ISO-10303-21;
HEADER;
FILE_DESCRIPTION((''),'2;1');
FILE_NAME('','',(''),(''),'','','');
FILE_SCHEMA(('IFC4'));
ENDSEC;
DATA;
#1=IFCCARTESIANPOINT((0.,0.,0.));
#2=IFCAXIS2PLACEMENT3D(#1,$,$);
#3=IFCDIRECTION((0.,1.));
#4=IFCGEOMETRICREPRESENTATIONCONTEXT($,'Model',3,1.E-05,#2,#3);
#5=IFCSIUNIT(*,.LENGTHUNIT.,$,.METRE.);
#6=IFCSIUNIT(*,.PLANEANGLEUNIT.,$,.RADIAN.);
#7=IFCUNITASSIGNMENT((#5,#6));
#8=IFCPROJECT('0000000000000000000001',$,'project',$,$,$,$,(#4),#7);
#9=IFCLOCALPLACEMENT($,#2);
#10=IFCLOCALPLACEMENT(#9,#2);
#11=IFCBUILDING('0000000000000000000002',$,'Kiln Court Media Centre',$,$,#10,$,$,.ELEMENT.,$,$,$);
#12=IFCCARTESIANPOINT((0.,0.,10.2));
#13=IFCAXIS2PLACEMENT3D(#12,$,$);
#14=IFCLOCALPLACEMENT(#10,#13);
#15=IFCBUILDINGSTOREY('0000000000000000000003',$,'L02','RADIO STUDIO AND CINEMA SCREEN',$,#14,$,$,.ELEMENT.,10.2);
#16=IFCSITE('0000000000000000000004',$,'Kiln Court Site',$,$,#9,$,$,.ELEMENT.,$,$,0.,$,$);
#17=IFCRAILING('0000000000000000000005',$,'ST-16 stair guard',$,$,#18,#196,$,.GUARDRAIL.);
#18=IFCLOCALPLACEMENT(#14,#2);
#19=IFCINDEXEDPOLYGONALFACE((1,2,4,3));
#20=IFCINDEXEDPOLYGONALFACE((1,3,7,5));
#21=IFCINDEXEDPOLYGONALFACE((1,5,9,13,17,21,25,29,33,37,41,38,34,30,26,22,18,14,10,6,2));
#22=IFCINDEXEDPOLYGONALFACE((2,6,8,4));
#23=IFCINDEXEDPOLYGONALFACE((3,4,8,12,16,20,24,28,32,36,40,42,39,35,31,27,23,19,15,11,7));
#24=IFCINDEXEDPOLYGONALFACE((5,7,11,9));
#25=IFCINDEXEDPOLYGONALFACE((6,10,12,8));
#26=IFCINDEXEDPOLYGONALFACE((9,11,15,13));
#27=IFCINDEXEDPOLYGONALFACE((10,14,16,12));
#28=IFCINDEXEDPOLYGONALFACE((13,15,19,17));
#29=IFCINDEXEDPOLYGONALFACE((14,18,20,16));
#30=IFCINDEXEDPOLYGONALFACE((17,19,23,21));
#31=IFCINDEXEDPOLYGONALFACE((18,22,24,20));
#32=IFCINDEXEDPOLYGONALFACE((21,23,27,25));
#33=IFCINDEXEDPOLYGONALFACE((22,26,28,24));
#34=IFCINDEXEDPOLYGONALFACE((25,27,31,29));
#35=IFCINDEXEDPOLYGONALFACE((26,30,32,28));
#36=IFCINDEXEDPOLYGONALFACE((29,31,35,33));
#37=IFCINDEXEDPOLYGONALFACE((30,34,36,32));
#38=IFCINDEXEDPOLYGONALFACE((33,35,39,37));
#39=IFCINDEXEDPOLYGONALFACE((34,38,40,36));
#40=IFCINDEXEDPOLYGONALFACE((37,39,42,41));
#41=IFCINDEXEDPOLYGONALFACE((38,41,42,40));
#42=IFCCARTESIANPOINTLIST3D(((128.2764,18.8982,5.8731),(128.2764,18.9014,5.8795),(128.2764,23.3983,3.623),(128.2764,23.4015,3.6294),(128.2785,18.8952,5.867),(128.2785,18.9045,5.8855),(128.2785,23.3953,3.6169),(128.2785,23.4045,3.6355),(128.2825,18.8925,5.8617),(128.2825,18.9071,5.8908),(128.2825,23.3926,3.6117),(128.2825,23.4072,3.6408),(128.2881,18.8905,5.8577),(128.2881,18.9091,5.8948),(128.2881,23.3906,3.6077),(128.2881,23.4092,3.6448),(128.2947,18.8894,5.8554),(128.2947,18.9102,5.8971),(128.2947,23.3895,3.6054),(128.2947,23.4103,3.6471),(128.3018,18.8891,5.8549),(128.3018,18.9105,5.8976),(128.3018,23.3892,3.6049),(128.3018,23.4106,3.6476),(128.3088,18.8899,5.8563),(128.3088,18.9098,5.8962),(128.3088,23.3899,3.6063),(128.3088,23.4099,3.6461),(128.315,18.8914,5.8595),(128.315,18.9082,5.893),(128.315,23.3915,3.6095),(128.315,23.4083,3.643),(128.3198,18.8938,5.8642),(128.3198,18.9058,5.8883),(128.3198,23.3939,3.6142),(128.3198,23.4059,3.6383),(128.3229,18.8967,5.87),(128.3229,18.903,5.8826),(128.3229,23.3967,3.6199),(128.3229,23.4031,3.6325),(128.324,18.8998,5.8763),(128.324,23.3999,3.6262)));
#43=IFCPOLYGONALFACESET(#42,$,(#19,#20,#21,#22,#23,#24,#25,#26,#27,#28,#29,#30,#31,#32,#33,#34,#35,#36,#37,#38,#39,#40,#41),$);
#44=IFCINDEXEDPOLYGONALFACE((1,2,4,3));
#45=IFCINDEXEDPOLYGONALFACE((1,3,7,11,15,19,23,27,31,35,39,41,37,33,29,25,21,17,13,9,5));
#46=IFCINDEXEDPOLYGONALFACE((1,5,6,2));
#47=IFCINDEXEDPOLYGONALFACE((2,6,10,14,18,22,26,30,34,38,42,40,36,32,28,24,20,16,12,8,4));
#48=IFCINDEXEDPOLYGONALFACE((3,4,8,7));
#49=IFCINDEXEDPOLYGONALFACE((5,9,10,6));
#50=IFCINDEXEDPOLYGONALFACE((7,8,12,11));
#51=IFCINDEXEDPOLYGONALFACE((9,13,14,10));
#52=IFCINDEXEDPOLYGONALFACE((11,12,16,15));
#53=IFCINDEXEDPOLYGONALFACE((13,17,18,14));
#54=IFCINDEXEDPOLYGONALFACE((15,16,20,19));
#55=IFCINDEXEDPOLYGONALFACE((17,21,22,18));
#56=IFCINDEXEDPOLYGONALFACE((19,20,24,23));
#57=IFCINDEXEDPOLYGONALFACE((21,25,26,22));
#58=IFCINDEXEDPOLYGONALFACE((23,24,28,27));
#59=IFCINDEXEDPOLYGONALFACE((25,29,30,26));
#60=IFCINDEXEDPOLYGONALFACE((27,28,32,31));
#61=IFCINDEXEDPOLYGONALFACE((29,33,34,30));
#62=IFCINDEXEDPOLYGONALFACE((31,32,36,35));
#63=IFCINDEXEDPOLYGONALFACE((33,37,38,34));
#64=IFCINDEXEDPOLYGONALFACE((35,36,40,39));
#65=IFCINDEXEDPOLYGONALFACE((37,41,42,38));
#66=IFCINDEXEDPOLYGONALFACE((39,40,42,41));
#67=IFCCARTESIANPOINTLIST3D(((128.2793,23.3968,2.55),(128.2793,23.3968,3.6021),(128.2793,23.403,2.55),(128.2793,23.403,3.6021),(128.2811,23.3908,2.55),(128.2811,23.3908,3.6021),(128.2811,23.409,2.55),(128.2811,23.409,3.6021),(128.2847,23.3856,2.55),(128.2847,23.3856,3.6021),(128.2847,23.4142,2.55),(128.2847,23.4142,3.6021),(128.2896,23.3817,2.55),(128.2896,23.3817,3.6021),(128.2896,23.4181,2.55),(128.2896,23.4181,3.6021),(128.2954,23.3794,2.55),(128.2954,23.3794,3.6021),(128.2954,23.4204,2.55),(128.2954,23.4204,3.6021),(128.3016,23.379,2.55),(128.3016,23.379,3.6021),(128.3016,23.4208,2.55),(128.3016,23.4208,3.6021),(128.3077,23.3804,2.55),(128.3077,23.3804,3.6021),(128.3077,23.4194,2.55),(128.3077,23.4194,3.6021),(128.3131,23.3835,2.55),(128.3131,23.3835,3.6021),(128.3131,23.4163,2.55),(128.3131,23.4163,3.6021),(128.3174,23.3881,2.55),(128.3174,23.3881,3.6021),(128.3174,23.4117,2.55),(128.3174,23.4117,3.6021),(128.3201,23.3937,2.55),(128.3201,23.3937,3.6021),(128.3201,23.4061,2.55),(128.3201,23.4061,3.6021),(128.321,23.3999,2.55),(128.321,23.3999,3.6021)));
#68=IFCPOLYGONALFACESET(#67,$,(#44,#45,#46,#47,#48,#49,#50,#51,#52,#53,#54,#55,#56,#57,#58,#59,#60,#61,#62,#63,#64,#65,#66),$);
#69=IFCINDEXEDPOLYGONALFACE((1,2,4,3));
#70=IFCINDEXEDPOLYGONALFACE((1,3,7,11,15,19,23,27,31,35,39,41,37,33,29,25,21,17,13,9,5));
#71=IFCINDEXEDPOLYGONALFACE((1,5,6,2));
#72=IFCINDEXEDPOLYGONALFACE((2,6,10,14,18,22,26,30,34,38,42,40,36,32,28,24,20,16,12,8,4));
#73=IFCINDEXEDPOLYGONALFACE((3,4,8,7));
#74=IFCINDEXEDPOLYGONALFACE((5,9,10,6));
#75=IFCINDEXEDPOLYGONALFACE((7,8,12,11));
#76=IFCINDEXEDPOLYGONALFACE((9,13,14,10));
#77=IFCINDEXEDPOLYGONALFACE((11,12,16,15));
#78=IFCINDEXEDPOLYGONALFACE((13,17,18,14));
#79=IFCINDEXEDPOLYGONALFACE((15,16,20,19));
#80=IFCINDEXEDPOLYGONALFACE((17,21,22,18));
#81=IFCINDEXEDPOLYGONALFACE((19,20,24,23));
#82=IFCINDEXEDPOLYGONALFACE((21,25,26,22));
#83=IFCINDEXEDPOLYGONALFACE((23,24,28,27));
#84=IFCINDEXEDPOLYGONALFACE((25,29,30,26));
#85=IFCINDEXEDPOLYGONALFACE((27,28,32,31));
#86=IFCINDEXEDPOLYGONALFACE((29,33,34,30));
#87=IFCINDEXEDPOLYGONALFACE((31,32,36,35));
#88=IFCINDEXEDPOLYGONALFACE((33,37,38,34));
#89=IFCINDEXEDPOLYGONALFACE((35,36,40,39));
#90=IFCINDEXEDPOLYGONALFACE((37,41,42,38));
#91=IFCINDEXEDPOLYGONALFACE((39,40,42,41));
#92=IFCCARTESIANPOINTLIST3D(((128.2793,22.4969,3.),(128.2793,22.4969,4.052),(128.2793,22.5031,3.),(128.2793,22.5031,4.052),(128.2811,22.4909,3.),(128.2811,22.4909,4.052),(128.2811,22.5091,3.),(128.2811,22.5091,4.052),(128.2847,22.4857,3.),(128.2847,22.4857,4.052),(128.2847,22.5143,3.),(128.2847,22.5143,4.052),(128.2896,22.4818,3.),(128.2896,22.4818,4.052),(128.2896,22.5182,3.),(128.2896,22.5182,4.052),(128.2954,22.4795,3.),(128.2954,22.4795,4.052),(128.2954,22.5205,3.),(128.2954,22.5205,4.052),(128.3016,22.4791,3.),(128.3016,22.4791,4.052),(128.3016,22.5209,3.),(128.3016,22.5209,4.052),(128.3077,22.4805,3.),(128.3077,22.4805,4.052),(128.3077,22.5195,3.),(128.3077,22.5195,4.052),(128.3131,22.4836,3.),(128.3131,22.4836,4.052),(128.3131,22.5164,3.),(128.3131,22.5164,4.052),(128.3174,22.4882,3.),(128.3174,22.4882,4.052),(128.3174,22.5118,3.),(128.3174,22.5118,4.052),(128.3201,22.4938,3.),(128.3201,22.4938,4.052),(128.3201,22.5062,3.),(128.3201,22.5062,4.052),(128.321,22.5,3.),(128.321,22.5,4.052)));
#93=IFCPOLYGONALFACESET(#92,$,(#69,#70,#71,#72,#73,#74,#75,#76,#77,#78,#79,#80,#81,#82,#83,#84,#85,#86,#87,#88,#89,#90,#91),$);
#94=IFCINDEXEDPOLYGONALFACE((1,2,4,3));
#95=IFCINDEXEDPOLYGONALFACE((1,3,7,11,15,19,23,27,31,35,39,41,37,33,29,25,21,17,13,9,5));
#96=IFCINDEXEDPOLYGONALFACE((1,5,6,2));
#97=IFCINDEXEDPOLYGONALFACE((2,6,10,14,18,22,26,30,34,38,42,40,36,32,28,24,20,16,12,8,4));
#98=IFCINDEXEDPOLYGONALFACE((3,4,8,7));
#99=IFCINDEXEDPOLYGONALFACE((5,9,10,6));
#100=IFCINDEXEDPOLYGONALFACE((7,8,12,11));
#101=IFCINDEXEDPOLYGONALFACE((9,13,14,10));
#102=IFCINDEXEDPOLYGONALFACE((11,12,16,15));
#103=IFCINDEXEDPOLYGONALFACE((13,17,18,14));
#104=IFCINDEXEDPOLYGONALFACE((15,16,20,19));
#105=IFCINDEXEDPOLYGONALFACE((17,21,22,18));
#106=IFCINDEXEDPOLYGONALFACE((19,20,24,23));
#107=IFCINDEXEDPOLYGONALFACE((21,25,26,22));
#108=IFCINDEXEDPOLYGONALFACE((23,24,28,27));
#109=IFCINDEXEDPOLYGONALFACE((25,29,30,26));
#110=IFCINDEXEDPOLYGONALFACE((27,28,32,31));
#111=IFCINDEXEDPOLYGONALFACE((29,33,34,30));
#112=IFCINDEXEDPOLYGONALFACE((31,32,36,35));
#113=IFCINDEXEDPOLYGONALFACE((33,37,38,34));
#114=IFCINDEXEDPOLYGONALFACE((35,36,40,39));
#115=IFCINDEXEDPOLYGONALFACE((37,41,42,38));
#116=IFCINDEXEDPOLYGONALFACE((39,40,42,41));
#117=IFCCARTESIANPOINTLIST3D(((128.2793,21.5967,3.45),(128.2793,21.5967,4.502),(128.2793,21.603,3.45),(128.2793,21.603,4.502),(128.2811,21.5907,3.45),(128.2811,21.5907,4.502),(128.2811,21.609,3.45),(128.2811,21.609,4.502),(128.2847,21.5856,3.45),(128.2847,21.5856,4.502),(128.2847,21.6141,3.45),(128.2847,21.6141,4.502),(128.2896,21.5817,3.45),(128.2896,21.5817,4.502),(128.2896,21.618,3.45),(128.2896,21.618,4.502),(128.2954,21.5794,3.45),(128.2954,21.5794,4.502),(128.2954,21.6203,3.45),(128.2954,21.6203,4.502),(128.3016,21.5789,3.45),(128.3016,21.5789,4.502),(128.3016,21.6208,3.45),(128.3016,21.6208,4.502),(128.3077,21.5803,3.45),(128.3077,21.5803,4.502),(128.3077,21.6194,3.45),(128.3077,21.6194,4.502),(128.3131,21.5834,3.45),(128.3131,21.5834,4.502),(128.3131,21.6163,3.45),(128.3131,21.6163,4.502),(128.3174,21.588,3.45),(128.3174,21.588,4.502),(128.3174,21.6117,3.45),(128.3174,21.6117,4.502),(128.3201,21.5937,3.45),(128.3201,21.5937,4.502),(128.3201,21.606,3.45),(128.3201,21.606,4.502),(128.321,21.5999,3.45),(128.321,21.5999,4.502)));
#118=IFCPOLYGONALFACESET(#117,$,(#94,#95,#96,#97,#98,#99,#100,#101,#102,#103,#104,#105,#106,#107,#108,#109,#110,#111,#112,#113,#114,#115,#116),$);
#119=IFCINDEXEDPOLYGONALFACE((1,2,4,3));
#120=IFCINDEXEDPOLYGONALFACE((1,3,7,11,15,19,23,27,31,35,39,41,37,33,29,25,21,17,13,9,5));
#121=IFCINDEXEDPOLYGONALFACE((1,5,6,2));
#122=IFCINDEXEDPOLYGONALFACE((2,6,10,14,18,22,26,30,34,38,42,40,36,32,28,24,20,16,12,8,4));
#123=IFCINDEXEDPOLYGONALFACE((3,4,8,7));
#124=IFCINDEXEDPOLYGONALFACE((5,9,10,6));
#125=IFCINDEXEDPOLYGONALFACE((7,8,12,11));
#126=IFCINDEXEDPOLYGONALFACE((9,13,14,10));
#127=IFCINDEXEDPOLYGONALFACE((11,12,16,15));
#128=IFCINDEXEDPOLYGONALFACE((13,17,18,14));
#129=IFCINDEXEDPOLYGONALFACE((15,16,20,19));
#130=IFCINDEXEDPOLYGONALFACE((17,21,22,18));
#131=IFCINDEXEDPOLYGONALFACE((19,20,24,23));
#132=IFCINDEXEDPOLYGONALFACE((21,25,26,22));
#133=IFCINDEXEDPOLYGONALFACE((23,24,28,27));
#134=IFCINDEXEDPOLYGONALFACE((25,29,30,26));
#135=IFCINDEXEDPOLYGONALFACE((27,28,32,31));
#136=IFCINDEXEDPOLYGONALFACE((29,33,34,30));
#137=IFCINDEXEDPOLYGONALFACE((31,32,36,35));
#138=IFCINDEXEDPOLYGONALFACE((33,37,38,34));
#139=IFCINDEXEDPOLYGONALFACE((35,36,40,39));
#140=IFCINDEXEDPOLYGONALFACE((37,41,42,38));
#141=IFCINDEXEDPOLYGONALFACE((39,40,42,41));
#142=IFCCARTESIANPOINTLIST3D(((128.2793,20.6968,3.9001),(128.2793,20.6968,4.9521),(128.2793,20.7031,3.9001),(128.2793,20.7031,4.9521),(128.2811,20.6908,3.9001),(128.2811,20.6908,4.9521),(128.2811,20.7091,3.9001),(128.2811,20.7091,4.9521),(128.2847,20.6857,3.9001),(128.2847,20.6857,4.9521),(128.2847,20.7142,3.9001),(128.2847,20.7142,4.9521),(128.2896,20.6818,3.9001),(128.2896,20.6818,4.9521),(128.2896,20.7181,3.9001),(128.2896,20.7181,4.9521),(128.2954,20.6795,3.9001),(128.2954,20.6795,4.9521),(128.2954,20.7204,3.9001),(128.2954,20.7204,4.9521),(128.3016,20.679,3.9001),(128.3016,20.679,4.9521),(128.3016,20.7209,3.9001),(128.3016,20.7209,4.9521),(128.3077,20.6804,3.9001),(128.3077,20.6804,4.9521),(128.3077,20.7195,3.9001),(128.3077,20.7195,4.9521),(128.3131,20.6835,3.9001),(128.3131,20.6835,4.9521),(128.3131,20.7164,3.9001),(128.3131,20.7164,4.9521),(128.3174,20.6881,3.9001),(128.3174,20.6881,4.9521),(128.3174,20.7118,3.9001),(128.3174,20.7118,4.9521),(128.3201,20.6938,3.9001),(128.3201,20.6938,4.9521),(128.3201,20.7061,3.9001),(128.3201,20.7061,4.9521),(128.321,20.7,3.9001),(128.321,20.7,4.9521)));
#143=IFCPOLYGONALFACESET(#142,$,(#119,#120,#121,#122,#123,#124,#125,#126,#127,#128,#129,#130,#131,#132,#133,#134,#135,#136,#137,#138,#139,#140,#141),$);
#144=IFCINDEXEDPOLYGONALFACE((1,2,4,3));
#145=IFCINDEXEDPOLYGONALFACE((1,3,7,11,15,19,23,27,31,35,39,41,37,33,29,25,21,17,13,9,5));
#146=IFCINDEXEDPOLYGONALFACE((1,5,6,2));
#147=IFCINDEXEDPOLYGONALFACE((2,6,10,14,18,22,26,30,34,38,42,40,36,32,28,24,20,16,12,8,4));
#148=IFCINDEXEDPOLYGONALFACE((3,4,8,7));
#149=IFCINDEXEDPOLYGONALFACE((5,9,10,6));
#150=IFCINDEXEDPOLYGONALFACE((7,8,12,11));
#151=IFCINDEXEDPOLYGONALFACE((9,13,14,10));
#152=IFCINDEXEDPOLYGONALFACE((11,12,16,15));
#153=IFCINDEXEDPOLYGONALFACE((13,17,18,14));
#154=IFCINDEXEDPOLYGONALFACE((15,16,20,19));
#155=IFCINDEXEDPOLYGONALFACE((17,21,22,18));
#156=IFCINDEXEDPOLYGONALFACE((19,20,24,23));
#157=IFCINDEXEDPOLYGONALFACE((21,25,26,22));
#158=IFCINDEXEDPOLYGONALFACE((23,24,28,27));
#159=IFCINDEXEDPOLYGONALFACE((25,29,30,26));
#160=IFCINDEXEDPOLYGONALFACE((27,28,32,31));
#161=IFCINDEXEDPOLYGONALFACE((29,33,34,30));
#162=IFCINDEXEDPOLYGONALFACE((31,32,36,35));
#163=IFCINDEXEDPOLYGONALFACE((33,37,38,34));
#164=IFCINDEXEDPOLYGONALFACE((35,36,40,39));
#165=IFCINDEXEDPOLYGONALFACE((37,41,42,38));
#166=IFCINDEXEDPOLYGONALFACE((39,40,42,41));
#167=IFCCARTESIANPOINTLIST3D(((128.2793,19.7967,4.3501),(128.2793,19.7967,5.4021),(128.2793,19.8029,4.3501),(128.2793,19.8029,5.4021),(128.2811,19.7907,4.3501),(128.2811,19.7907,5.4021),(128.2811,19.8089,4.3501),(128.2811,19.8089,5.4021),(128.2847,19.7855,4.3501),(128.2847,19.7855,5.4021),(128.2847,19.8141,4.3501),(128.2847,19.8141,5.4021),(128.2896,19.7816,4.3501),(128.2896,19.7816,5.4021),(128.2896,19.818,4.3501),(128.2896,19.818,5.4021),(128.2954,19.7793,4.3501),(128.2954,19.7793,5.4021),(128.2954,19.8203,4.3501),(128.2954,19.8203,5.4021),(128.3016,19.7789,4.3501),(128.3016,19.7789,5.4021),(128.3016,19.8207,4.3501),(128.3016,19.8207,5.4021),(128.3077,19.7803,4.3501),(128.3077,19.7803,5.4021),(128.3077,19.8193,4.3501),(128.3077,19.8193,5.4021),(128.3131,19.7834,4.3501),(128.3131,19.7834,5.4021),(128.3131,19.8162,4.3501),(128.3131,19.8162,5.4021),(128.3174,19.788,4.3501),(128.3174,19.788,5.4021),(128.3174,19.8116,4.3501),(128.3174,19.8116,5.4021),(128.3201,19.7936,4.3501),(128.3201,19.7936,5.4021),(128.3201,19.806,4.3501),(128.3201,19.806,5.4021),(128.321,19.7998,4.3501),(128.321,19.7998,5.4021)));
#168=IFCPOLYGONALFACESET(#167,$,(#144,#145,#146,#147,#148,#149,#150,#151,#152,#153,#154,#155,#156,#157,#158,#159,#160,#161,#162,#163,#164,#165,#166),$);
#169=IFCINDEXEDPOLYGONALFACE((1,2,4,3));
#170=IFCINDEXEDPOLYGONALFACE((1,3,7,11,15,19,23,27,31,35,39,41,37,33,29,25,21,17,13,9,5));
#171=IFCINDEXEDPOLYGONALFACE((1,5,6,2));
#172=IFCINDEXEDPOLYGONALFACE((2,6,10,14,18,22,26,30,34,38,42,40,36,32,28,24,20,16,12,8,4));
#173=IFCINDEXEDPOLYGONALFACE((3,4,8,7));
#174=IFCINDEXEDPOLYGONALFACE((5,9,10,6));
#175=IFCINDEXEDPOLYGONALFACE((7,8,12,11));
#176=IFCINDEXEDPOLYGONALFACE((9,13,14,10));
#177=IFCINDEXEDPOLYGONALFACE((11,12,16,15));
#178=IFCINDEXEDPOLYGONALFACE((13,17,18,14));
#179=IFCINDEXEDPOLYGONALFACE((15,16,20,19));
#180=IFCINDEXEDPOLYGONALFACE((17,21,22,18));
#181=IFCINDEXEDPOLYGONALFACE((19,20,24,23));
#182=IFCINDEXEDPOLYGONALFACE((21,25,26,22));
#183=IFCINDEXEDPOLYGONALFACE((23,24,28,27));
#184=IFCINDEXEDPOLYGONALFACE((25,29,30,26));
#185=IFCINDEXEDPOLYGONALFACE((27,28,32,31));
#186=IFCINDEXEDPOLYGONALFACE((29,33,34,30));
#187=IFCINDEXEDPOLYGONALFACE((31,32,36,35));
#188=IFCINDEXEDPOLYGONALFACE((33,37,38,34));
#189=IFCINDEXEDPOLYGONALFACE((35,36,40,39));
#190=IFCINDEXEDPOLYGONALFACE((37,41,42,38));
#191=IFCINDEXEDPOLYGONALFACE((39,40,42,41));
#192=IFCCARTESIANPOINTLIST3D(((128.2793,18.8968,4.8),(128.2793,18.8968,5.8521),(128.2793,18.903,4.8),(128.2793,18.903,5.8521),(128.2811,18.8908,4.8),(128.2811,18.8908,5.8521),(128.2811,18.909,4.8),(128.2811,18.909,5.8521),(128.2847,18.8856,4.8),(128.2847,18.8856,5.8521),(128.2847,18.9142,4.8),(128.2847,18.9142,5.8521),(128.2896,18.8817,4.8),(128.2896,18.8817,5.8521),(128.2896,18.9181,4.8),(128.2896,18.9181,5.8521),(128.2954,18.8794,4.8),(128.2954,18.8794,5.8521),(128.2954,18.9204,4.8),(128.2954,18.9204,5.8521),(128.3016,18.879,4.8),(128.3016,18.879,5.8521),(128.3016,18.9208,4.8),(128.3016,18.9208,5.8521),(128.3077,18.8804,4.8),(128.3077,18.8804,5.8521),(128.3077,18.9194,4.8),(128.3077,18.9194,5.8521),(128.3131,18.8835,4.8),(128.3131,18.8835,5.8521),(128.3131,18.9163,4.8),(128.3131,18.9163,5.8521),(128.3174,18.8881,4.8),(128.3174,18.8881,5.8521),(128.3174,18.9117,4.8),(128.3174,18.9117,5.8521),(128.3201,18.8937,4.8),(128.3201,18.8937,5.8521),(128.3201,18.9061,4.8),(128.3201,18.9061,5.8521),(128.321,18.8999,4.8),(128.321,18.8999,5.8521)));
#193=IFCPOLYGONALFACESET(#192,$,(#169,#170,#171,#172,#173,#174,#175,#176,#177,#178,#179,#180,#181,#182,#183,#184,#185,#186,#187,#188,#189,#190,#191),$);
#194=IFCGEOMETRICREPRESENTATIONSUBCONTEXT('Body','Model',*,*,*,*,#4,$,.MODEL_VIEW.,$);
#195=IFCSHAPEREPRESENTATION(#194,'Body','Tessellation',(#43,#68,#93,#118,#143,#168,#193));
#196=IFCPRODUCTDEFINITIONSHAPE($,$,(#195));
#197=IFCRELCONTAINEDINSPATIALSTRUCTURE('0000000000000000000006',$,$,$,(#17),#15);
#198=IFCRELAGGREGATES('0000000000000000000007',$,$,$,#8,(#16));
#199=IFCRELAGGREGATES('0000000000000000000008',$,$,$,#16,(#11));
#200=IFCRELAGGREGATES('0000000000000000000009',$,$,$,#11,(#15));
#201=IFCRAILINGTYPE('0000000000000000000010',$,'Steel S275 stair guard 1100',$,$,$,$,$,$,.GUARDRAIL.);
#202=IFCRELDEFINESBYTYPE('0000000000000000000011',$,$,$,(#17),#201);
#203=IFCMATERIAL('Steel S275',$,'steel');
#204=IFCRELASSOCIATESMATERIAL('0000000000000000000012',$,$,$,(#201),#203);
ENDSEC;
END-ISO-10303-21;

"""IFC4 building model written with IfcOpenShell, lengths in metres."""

from ifc_helpers import new_model, si_unit, direction, frame, origin, origin_2d, place, context, subcontext, project, spatial, circle, extrude, material, type_object, element, save


model = new_model("IFC4")

# Units and contexts
model_context = context("Model", 3, precision=1e-05, world=origin(), true_north=direction((0.0, 1.0)))
body_context = subcontext(model_context, "Body", "Model", "MODEL_VIEW")
ifc_project = project(units=[si_unit("LENGTHUNIT", "METRE"), si_unit("PLANEANGLEUNIT", "RADIAN")], contexts=[model_context])

# Site, building, storey
site_placement = place(None, origin())
site = spatial("IfcSite", under=ifc_project, at=site_placement, Name="Kiln Court Site", CompositionType="ELEMENT", RefElevation=0.0)
building_placement = place(site_placement, origin())
building = spatial("IfcBuilding", under=site, at=building_placement, Name="Kiln Court Media Centre", CompositionType="ELEMENT")
storey_placement = place(building_placement, frame((0.0, 0.0, 10.2)))
storey = spatial("IfcBuildingStorey", under=building, at=storey_placement, Name="L02", Description="RADIO STUDIO AND CINEMA SCREEN", CompositionType="ELEMENT", Elevation=10.2)

# Railing
ifc_material_1 = material(Name="Steel S275", Category="steel")
railing_type_1 = type_object("IfcRailingType", Name="Steel S275 stair guard 1100", PredefinedType="GUARDRAIL", material=ifc_material_1)
railing_1_placement = place(storey_placement, frame((128.3, 23.3999, 2.55)))
element("IfcRailing", 1, at=railing_1_placement, inside=storey, type_object=railing_type_1, Name="ST-16 stair guard", PredefinedType="GUARDRAIL", context=body_context, shape_type="SweptSolid", body=[
    extrude(circle(Radius=0.0239, at=origin_2d()), frame((0.0, 0.0, 1.0762), z_axis=(0.0, -0.894427, 0.447214), x_axis=(1.0, 0.0, 0.0)), (0.0, 0.0, 1.0), 5.0312),
    extrude(circle(Radius=0.021, at=origin_2d()), origin(), (0.0, 0.0, 1.0), 1.052),
    extrude(circle(Radius=0.021, at=origin_2d()), frame((0.0, -0.8999, 0.45)), (0.0, 0.0, 1.0), 1.052),
    extrude(circle(Radius=0.021, at=origin_2d()), frame((0.0, -1.8, 0.8999)), (0.0, 0.0, 1.0), 1.052),
    extrude(circle(Radius=0.021, at=origin_2d()), frame((0.0, -2.7, 1.3501)), (0.0, 0.0, 1.0), 1.052),
    extrude(circle(Radius=0.021, at=origin_2d()), frame((0.0, -3.6001, 1.8)), (0.0, 0.0, 1.0), 1.052),
    extrude(circle(Radius=0.021, at=origin_2d()), frame((0.0, -4.5, 2.25)), (0.0, 0.0, 1.0), 1.052),
])

save(model, "model.ifc")
